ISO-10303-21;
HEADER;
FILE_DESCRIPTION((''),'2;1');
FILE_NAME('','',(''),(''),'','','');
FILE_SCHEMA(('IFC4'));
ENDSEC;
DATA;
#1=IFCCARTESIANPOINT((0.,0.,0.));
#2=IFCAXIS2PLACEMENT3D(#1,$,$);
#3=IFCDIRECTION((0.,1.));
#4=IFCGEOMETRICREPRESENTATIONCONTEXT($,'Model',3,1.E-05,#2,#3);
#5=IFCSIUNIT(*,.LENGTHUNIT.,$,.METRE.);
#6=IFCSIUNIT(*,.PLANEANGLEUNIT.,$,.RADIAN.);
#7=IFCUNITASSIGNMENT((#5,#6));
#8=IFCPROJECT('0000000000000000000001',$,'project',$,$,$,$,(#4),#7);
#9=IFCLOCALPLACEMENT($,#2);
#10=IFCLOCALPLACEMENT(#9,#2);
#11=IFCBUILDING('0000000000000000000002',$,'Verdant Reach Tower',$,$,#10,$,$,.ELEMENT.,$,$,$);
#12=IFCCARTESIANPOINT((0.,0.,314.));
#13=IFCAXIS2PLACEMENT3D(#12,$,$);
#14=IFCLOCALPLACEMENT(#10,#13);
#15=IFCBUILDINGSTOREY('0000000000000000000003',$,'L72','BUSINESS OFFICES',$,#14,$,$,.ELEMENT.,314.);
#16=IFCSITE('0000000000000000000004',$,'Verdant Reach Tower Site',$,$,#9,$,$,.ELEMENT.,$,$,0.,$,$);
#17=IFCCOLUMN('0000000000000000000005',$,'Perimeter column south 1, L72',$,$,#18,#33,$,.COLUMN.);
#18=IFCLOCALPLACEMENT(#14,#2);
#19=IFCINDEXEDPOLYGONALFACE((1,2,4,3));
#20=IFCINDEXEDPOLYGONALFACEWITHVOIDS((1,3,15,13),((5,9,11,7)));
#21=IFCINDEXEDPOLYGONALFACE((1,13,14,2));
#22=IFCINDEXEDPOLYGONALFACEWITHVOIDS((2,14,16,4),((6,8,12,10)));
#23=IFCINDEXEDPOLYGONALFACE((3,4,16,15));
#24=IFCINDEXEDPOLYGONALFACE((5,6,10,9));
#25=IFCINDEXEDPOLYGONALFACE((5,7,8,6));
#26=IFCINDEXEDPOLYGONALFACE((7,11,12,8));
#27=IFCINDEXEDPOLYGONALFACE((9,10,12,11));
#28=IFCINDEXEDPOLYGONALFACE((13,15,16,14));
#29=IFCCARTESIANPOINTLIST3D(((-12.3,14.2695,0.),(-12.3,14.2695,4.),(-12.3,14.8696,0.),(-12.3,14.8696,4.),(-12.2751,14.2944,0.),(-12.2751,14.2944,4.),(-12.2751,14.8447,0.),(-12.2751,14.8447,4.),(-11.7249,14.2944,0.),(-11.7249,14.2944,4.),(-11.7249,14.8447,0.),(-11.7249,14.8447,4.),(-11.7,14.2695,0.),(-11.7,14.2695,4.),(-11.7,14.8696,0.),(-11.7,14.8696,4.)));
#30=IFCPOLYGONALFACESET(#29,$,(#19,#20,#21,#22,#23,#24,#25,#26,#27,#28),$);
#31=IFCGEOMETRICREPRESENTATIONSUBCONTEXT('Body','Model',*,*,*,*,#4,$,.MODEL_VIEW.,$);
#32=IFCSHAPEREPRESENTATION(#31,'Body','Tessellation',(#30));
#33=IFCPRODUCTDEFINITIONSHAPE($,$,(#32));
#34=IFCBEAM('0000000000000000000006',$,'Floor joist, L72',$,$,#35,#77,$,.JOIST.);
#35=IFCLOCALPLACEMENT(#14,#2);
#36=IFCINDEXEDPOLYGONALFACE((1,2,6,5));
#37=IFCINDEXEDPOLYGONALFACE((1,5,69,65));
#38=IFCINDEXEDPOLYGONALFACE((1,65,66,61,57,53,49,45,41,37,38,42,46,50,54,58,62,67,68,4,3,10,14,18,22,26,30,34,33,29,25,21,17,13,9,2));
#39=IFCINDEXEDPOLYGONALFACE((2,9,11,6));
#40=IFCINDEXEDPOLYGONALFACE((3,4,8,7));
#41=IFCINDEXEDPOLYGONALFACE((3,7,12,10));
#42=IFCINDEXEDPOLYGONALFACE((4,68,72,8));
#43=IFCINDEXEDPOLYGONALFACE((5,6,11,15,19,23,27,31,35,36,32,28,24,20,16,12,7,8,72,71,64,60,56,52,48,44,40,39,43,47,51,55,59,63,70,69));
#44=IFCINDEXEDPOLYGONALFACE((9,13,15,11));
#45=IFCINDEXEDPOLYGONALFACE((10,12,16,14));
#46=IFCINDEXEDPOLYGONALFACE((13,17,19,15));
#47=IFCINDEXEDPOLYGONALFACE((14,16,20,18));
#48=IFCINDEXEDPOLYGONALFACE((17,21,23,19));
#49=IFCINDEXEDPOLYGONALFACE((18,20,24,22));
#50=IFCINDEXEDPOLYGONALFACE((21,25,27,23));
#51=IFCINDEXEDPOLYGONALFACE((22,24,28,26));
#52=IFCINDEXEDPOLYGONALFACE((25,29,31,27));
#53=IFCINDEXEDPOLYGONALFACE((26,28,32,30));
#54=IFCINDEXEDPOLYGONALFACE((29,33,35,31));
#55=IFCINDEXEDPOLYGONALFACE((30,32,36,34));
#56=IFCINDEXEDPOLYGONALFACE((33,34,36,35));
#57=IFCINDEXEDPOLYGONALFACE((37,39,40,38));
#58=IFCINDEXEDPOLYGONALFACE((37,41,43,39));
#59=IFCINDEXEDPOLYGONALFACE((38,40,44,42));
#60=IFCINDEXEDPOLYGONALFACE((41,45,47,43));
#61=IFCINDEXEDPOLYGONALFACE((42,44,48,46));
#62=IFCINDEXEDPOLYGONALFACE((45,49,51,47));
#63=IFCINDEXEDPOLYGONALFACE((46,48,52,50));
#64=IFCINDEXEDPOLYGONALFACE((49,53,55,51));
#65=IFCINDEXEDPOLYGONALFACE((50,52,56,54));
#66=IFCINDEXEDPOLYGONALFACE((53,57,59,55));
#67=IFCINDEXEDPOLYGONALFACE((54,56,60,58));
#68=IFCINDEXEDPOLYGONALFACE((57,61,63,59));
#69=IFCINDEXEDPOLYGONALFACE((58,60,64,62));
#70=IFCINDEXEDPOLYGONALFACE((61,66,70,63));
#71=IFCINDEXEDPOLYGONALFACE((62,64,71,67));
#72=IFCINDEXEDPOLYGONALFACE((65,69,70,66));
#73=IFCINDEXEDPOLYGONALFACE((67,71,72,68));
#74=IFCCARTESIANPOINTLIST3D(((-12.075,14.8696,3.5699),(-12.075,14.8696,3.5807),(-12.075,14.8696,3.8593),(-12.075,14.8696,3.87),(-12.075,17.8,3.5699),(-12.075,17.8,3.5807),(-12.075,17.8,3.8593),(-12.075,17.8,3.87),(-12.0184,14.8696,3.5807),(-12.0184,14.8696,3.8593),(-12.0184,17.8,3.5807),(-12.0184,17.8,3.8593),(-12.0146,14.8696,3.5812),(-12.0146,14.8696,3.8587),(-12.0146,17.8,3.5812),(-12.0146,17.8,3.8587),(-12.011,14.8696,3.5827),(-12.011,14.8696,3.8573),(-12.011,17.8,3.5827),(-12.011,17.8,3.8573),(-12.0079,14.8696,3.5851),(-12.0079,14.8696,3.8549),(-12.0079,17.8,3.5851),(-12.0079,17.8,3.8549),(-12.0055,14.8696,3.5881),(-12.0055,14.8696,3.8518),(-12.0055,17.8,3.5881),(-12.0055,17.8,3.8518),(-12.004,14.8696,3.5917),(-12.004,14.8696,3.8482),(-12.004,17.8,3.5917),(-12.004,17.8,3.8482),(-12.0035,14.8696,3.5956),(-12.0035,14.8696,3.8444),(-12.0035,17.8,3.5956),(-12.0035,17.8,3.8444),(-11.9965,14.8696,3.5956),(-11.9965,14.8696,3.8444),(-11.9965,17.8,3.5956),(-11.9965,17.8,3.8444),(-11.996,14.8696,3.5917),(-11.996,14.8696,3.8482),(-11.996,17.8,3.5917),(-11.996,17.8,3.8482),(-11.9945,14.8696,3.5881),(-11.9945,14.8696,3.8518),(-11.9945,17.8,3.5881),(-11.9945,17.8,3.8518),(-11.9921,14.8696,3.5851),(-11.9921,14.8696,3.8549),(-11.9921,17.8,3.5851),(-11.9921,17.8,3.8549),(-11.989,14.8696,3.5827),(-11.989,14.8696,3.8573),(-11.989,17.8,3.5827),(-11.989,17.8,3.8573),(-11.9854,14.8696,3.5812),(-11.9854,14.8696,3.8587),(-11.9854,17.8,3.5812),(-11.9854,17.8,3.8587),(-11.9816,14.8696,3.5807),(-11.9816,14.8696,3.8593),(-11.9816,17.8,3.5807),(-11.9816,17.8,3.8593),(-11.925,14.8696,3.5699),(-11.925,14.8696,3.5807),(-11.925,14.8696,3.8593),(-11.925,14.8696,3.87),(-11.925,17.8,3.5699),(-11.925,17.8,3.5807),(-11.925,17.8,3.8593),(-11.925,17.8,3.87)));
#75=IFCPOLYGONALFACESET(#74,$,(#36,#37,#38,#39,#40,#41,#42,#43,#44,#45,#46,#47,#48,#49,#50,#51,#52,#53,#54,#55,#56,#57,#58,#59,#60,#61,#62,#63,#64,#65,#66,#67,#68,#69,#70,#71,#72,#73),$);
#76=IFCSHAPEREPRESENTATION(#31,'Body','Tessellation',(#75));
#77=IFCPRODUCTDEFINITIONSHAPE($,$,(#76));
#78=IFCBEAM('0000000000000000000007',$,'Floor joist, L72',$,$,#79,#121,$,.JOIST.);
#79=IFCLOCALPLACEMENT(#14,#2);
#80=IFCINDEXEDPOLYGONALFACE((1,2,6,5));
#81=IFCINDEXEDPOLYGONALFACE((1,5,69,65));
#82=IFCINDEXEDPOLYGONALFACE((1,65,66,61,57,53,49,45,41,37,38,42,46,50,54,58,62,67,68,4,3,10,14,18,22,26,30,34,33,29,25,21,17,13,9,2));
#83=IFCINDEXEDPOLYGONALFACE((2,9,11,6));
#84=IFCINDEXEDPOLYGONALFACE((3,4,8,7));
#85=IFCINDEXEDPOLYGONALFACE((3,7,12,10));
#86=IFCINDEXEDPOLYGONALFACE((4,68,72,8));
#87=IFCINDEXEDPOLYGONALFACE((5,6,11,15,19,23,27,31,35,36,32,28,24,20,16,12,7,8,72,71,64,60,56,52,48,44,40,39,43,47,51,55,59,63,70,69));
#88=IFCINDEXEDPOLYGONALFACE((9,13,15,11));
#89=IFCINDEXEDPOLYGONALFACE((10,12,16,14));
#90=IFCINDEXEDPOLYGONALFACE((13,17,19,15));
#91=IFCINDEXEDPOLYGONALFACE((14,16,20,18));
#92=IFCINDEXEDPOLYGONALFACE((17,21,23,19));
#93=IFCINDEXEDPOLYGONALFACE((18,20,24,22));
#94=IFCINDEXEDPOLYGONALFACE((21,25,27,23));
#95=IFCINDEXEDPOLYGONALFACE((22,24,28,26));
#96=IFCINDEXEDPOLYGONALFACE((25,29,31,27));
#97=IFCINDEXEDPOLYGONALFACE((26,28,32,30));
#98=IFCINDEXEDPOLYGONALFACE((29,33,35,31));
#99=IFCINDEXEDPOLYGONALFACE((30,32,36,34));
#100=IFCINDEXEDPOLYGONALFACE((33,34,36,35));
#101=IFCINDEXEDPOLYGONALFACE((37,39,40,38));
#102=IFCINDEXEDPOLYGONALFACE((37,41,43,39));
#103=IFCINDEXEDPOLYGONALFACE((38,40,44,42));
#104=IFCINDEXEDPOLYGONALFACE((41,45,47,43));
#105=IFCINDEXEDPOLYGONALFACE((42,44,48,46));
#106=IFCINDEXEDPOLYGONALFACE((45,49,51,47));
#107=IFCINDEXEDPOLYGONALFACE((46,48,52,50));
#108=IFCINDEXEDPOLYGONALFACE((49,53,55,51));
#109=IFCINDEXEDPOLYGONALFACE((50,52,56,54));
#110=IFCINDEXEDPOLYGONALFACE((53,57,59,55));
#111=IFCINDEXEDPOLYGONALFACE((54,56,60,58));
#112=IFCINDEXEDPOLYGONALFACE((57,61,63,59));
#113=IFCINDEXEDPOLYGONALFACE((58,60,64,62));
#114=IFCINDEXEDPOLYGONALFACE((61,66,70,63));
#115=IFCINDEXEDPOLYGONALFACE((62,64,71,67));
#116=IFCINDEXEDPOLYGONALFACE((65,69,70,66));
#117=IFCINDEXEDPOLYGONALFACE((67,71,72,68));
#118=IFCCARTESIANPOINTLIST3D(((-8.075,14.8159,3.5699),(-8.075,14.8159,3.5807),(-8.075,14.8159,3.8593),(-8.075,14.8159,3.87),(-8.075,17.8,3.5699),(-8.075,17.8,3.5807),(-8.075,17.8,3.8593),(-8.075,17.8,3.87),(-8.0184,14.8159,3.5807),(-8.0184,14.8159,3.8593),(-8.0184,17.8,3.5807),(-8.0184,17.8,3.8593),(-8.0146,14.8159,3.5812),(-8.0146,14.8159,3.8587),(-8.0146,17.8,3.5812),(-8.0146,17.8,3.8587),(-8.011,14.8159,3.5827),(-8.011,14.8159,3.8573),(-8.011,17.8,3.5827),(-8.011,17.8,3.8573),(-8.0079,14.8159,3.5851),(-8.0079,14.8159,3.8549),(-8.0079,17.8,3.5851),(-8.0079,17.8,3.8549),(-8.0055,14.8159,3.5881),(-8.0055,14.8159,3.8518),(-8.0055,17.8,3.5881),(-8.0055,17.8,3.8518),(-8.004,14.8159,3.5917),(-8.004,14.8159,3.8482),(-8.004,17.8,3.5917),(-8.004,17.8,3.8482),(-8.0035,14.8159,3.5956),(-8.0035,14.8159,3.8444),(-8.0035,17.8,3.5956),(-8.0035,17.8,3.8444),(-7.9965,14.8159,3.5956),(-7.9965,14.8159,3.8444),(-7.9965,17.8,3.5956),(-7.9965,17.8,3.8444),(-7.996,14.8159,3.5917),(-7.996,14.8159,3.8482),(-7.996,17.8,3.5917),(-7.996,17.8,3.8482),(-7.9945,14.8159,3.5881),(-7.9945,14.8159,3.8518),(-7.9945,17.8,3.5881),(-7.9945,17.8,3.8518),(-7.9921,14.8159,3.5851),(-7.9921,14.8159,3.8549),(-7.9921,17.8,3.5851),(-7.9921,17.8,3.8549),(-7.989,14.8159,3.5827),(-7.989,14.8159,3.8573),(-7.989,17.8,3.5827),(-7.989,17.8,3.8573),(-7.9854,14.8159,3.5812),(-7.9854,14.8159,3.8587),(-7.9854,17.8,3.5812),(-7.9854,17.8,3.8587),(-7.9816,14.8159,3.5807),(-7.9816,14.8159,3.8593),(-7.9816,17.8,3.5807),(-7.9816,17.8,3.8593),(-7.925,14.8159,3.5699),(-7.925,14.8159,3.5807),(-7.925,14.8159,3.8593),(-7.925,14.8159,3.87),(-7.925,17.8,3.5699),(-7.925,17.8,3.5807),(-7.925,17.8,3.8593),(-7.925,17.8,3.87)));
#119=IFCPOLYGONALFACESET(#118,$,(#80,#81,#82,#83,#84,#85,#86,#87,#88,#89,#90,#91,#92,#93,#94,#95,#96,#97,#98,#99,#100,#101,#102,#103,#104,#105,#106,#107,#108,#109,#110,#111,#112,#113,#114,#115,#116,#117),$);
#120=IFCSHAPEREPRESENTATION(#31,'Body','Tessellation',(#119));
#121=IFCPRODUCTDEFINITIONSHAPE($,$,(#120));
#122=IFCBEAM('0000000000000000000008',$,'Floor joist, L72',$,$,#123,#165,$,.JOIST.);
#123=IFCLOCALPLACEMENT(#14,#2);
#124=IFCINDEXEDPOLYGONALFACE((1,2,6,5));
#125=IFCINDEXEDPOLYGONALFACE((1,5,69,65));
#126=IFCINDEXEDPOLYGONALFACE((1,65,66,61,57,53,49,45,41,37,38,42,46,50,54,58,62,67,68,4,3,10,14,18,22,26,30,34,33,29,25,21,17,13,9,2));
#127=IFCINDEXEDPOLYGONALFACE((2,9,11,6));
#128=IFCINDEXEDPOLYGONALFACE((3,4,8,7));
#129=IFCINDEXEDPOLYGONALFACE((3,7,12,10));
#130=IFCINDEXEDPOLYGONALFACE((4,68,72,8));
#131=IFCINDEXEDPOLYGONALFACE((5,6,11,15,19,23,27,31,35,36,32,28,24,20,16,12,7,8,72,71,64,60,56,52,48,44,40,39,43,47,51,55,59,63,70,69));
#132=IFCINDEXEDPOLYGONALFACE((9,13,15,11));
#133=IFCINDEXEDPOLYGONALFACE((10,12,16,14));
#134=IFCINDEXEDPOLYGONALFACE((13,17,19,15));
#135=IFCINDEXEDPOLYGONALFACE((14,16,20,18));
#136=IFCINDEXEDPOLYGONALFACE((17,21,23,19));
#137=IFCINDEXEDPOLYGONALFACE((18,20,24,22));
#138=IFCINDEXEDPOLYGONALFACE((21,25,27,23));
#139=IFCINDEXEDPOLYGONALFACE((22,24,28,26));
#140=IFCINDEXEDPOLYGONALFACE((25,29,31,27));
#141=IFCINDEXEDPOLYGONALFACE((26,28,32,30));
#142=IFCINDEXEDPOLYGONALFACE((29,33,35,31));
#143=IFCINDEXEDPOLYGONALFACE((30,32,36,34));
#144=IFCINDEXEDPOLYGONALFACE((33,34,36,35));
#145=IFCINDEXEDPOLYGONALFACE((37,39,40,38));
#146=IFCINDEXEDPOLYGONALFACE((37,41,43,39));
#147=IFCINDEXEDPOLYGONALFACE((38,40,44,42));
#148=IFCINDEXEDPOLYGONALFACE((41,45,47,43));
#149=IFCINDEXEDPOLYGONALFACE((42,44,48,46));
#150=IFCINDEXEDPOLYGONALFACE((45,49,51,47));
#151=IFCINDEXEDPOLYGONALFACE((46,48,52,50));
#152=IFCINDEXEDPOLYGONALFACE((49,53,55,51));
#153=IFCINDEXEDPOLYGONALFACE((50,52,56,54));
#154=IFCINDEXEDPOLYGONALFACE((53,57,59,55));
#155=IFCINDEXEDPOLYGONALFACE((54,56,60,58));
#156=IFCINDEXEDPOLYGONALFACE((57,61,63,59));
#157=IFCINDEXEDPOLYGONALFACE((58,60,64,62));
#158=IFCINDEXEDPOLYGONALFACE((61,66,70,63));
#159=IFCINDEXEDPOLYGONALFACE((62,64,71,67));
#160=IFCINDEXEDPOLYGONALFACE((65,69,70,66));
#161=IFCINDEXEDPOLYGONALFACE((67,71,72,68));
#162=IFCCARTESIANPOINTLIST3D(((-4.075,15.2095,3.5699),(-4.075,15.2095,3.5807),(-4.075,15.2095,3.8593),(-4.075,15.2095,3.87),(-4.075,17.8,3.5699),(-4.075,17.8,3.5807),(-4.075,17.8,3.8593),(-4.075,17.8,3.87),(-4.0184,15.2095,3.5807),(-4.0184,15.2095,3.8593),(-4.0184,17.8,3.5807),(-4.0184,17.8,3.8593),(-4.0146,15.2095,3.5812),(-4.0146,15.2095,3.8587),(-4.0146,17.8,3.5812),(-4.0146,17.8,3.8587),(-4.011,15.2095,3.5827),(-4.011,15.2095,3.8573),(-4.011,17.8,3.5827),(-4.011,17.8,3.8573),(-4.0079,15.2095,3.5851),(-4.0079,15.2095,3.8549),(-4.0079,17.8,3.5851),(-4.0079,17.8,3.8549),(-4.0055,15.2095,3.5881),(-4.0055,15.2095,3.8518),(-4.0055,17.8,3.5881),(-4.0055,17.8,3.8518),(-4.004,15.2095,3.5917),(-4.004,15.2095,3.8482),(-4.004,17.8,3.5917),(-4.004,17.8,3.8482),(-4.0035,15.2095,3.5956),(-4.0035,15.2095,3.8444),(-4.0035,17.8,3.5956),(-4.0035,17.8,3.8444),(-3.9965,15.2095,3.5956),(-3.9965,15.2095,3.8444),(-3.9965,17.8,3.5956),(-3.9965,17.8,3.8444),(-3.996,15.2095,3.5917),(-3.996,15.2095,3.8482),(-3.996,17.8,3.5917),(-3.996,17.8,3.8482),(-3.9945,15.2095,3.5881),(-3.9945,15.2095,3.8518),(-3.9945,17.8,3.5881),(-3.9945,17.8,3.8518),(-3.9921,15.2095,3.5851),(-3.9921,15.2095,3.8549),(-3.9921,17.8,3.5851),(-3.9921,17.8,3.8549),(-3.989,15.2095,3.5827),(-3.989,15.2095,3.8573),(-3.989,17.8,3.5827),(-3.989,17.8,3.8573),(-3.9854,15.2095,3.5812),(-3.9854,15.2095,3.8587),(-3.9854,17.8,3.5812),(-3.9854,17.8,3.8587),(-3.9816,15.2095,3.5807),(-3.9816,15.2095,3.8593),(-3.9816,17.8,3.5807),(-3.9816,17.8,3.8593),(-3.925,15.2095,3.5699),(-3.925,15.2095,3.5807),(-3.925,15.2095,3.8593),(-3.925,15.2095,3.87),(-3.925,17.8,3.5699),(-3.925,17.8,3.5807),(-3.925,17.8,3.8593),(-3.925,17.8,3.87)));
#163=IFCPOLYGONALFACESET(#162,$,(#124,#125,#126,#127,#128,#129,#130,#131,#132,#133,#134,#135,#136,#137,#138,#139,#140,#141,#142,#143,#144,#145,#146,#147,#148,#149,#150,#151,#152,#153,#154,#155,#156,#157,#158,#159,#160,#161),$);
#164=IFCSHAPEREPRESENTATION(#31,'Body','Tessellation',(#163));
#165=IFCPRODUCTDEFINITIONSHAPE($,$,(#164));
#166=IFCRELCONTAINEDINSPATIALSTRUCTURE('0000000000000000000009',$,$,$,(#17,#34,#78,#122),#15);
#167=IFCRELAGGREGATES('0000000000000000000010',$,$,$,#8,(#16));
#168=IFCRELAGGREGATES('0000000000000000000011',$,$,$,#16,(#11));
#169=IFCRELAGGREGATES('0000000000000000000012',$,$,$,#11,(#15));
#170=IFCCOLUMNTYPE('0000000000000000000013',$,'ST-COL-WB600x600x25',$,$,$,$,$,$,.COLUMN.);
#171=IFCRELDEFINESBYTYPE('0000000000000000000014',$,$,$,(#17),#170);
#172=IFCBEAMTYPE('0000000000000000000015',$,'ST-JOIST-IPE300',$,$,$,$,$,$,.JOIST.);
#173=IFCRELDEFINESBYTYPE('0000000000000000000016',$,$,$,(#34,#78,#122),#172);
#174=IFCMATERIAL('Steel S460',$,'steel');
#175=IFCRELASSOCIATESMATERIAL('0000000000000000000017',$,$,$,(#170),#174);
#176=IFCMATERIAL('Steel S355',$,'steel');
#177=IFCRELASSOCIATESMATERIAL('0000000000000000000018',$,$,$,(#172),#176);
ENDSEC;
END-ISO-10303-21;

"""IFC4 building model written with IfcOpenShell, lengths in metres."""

from ifc_helpers import new_model, si_unit, direction, frame, origin, origin_2d, place, context, subcontext, project, spatial, hollow_rectangle, i_section, extrude, material, material_profile, profile_set, type_object, element, save


model = new_model("IFC4")

# Units and contexts
model_context = context("Model", 3, precision=1e-05, world=origin(), true_north=direction((0.0, 1.0)))
body_context = subcontext(model_context, "Body", "Model", "MODEL_VIEW")
ifc_project = project(units=[si_unit("LENGTHUNIT", "METRE"), si_unit("PLANEANGLEUNIT", "RADIAN")], contexts=[model_context])

# Site, building, storey
site_placement = place(None, origin())
site = spatial("IfcSite", under=ifc_project, at=site_placement, Name="Verdant Reach Tower Site", CompositionType="ELEMENT", RefElevation=0.0)
building_placement = place(site_placement, origin())
building = spatial("IfcBuilding", under=site, at=building_placement, Name="Verdant Reach Tower", CompositionType="ELEMENT")
storey_placement = place(building_placement, frame((0.0, 0.0, 314.0)))
storey = spatial("IfcBuildingStorey", under=building, at=storey_placement, Name="L72", Description="BUSINESS OFFICES", CompositionType="ELEMENT", Elevation=314.0)

# Column
ifc_material_1 = material(Name="Steel S460", Category="steel")
ifc_material_profile_1 = material_profile(ifc_material_1, hollow_rectangle(XDim=0.6001, YDim=0.6001, WallThickness=0.0249, at=origin_2d()), Name="WB 600x600x25")
ifc_profile_set_1 = profile_set([ifc_material_profile_1], Name="Steel S460")
column_type = type_object("IfcColumnType", Name="ST-COL-WB600x600x25", PredefinedType="COLUMN", material=ifc_profile_set_1)
column_placement = place(storey_placement, frame((-12.0, 14.5696, 0.0), z_axis=(0.0, 0.0, 1.0), x_axis=(1.0, 0.0, 0.0)))
element("IfcColumn", 1, at=column_placement, inside=storey, type_object=column_type, Name="Perimeter column south 1, L72", PredefinedType="COLUMN", context=body_context, shape_type="SweptSolid", body=[
    extrude(hollow_rectangle(XDim=0.6001, YDim=0.6001, WallThickness=0.0249, at=origin_2d()), origin(), (0.0, 0.0, 1.0), 4.0),
])

# Beams
ifc_material_2 = material(Name="Steel S355", Category="steel")
ifc_material_profile_2 = material_profile(ifc_material_2, i_section(OverallWidth=0.1499, OverallDepth=0.3, WebThickness=0.0071, FlangeThickness=0.0107, FilletRadius=0.0149, at=origin_2d()), Name="IPE 300")
ifc_profile_set_2 = profile_set([ifc_material_profile_2], Name="Steel S355")
beam_type_1 = type_object("IfcBeamType", Name="ST-JOIST-IPE300", PredefinedType="JOIST", material=ifc_profile_set_2)
beam_1_placement = place(storey_placement, frame((-12.0, 17.8, 3.72), z_axis=(0.0, -1.0, 0.0), x_axis=(1.0, 0.0, 0.0)))
element("IfcBeam", 2, at=beam_1_placement, inside=storey, type_object=beam_type_1, Name="Floor joist, L72", PredefinedType="JOIST", context=body_context, shape_type="SweptSolid", body=[
    extrude(i_section(OverallWidth=0.1499, OverallDepth=0.3, WebThickness=0.0071, FlangeThickness=0.0107, FilletRadius=0.0149, at=origin_2d()), origin(), (0.0, 0.0, 1.0), 2.9304),
])
beam_2_placement = place(storey_placement, frame((-8.0, 17.8, 3.72), z_axis=(0.0, -1.0, 0.0), x_axis=(1.0, 0.0, 0.0)))
element("IfcBeam", 3, at=beam_2_placement, inside=storey, type_object=beam_type_1, Name="Floor joist, L72", PredefinedType="JOIST", context=body_context, shape_type="SweptSolid", body=[
    extrude(i_section(OverallWidth=0.1499, OverallDepth=0.3, WebThickness=0.0071, FlangeThickness=0.0107, FilletRadius=0.0149, at=origin_2d()), origin(), (0.0, 0.0, 1.0), 2.9841),
])
beam_3_placement = place(storey_placement, frame((-4.0, 17.8, 3.72), z_axis=(0.0, -1.0, 0.0), x_axis=(1.0, 0.0, 0.0)))
element("IfcBeam", 4, at=beam_3_placement, inside=storey, type_object=beam_type_1, Name="Floor joist, L72", PredefinedType="JOIST", context=body_context, shape_type="SweptSolid", body=[
    extrude(i_section(OverallWidth=0.1499, OverallDepth=0.3, WebThickness=0.0071, FlangeThickness=0.0107, FilletRadius=0.0149, at=origin_2d()), origin(), (0.0, 0.0, 1.0), 2.5906),
])

save(model, "model.ifc")
